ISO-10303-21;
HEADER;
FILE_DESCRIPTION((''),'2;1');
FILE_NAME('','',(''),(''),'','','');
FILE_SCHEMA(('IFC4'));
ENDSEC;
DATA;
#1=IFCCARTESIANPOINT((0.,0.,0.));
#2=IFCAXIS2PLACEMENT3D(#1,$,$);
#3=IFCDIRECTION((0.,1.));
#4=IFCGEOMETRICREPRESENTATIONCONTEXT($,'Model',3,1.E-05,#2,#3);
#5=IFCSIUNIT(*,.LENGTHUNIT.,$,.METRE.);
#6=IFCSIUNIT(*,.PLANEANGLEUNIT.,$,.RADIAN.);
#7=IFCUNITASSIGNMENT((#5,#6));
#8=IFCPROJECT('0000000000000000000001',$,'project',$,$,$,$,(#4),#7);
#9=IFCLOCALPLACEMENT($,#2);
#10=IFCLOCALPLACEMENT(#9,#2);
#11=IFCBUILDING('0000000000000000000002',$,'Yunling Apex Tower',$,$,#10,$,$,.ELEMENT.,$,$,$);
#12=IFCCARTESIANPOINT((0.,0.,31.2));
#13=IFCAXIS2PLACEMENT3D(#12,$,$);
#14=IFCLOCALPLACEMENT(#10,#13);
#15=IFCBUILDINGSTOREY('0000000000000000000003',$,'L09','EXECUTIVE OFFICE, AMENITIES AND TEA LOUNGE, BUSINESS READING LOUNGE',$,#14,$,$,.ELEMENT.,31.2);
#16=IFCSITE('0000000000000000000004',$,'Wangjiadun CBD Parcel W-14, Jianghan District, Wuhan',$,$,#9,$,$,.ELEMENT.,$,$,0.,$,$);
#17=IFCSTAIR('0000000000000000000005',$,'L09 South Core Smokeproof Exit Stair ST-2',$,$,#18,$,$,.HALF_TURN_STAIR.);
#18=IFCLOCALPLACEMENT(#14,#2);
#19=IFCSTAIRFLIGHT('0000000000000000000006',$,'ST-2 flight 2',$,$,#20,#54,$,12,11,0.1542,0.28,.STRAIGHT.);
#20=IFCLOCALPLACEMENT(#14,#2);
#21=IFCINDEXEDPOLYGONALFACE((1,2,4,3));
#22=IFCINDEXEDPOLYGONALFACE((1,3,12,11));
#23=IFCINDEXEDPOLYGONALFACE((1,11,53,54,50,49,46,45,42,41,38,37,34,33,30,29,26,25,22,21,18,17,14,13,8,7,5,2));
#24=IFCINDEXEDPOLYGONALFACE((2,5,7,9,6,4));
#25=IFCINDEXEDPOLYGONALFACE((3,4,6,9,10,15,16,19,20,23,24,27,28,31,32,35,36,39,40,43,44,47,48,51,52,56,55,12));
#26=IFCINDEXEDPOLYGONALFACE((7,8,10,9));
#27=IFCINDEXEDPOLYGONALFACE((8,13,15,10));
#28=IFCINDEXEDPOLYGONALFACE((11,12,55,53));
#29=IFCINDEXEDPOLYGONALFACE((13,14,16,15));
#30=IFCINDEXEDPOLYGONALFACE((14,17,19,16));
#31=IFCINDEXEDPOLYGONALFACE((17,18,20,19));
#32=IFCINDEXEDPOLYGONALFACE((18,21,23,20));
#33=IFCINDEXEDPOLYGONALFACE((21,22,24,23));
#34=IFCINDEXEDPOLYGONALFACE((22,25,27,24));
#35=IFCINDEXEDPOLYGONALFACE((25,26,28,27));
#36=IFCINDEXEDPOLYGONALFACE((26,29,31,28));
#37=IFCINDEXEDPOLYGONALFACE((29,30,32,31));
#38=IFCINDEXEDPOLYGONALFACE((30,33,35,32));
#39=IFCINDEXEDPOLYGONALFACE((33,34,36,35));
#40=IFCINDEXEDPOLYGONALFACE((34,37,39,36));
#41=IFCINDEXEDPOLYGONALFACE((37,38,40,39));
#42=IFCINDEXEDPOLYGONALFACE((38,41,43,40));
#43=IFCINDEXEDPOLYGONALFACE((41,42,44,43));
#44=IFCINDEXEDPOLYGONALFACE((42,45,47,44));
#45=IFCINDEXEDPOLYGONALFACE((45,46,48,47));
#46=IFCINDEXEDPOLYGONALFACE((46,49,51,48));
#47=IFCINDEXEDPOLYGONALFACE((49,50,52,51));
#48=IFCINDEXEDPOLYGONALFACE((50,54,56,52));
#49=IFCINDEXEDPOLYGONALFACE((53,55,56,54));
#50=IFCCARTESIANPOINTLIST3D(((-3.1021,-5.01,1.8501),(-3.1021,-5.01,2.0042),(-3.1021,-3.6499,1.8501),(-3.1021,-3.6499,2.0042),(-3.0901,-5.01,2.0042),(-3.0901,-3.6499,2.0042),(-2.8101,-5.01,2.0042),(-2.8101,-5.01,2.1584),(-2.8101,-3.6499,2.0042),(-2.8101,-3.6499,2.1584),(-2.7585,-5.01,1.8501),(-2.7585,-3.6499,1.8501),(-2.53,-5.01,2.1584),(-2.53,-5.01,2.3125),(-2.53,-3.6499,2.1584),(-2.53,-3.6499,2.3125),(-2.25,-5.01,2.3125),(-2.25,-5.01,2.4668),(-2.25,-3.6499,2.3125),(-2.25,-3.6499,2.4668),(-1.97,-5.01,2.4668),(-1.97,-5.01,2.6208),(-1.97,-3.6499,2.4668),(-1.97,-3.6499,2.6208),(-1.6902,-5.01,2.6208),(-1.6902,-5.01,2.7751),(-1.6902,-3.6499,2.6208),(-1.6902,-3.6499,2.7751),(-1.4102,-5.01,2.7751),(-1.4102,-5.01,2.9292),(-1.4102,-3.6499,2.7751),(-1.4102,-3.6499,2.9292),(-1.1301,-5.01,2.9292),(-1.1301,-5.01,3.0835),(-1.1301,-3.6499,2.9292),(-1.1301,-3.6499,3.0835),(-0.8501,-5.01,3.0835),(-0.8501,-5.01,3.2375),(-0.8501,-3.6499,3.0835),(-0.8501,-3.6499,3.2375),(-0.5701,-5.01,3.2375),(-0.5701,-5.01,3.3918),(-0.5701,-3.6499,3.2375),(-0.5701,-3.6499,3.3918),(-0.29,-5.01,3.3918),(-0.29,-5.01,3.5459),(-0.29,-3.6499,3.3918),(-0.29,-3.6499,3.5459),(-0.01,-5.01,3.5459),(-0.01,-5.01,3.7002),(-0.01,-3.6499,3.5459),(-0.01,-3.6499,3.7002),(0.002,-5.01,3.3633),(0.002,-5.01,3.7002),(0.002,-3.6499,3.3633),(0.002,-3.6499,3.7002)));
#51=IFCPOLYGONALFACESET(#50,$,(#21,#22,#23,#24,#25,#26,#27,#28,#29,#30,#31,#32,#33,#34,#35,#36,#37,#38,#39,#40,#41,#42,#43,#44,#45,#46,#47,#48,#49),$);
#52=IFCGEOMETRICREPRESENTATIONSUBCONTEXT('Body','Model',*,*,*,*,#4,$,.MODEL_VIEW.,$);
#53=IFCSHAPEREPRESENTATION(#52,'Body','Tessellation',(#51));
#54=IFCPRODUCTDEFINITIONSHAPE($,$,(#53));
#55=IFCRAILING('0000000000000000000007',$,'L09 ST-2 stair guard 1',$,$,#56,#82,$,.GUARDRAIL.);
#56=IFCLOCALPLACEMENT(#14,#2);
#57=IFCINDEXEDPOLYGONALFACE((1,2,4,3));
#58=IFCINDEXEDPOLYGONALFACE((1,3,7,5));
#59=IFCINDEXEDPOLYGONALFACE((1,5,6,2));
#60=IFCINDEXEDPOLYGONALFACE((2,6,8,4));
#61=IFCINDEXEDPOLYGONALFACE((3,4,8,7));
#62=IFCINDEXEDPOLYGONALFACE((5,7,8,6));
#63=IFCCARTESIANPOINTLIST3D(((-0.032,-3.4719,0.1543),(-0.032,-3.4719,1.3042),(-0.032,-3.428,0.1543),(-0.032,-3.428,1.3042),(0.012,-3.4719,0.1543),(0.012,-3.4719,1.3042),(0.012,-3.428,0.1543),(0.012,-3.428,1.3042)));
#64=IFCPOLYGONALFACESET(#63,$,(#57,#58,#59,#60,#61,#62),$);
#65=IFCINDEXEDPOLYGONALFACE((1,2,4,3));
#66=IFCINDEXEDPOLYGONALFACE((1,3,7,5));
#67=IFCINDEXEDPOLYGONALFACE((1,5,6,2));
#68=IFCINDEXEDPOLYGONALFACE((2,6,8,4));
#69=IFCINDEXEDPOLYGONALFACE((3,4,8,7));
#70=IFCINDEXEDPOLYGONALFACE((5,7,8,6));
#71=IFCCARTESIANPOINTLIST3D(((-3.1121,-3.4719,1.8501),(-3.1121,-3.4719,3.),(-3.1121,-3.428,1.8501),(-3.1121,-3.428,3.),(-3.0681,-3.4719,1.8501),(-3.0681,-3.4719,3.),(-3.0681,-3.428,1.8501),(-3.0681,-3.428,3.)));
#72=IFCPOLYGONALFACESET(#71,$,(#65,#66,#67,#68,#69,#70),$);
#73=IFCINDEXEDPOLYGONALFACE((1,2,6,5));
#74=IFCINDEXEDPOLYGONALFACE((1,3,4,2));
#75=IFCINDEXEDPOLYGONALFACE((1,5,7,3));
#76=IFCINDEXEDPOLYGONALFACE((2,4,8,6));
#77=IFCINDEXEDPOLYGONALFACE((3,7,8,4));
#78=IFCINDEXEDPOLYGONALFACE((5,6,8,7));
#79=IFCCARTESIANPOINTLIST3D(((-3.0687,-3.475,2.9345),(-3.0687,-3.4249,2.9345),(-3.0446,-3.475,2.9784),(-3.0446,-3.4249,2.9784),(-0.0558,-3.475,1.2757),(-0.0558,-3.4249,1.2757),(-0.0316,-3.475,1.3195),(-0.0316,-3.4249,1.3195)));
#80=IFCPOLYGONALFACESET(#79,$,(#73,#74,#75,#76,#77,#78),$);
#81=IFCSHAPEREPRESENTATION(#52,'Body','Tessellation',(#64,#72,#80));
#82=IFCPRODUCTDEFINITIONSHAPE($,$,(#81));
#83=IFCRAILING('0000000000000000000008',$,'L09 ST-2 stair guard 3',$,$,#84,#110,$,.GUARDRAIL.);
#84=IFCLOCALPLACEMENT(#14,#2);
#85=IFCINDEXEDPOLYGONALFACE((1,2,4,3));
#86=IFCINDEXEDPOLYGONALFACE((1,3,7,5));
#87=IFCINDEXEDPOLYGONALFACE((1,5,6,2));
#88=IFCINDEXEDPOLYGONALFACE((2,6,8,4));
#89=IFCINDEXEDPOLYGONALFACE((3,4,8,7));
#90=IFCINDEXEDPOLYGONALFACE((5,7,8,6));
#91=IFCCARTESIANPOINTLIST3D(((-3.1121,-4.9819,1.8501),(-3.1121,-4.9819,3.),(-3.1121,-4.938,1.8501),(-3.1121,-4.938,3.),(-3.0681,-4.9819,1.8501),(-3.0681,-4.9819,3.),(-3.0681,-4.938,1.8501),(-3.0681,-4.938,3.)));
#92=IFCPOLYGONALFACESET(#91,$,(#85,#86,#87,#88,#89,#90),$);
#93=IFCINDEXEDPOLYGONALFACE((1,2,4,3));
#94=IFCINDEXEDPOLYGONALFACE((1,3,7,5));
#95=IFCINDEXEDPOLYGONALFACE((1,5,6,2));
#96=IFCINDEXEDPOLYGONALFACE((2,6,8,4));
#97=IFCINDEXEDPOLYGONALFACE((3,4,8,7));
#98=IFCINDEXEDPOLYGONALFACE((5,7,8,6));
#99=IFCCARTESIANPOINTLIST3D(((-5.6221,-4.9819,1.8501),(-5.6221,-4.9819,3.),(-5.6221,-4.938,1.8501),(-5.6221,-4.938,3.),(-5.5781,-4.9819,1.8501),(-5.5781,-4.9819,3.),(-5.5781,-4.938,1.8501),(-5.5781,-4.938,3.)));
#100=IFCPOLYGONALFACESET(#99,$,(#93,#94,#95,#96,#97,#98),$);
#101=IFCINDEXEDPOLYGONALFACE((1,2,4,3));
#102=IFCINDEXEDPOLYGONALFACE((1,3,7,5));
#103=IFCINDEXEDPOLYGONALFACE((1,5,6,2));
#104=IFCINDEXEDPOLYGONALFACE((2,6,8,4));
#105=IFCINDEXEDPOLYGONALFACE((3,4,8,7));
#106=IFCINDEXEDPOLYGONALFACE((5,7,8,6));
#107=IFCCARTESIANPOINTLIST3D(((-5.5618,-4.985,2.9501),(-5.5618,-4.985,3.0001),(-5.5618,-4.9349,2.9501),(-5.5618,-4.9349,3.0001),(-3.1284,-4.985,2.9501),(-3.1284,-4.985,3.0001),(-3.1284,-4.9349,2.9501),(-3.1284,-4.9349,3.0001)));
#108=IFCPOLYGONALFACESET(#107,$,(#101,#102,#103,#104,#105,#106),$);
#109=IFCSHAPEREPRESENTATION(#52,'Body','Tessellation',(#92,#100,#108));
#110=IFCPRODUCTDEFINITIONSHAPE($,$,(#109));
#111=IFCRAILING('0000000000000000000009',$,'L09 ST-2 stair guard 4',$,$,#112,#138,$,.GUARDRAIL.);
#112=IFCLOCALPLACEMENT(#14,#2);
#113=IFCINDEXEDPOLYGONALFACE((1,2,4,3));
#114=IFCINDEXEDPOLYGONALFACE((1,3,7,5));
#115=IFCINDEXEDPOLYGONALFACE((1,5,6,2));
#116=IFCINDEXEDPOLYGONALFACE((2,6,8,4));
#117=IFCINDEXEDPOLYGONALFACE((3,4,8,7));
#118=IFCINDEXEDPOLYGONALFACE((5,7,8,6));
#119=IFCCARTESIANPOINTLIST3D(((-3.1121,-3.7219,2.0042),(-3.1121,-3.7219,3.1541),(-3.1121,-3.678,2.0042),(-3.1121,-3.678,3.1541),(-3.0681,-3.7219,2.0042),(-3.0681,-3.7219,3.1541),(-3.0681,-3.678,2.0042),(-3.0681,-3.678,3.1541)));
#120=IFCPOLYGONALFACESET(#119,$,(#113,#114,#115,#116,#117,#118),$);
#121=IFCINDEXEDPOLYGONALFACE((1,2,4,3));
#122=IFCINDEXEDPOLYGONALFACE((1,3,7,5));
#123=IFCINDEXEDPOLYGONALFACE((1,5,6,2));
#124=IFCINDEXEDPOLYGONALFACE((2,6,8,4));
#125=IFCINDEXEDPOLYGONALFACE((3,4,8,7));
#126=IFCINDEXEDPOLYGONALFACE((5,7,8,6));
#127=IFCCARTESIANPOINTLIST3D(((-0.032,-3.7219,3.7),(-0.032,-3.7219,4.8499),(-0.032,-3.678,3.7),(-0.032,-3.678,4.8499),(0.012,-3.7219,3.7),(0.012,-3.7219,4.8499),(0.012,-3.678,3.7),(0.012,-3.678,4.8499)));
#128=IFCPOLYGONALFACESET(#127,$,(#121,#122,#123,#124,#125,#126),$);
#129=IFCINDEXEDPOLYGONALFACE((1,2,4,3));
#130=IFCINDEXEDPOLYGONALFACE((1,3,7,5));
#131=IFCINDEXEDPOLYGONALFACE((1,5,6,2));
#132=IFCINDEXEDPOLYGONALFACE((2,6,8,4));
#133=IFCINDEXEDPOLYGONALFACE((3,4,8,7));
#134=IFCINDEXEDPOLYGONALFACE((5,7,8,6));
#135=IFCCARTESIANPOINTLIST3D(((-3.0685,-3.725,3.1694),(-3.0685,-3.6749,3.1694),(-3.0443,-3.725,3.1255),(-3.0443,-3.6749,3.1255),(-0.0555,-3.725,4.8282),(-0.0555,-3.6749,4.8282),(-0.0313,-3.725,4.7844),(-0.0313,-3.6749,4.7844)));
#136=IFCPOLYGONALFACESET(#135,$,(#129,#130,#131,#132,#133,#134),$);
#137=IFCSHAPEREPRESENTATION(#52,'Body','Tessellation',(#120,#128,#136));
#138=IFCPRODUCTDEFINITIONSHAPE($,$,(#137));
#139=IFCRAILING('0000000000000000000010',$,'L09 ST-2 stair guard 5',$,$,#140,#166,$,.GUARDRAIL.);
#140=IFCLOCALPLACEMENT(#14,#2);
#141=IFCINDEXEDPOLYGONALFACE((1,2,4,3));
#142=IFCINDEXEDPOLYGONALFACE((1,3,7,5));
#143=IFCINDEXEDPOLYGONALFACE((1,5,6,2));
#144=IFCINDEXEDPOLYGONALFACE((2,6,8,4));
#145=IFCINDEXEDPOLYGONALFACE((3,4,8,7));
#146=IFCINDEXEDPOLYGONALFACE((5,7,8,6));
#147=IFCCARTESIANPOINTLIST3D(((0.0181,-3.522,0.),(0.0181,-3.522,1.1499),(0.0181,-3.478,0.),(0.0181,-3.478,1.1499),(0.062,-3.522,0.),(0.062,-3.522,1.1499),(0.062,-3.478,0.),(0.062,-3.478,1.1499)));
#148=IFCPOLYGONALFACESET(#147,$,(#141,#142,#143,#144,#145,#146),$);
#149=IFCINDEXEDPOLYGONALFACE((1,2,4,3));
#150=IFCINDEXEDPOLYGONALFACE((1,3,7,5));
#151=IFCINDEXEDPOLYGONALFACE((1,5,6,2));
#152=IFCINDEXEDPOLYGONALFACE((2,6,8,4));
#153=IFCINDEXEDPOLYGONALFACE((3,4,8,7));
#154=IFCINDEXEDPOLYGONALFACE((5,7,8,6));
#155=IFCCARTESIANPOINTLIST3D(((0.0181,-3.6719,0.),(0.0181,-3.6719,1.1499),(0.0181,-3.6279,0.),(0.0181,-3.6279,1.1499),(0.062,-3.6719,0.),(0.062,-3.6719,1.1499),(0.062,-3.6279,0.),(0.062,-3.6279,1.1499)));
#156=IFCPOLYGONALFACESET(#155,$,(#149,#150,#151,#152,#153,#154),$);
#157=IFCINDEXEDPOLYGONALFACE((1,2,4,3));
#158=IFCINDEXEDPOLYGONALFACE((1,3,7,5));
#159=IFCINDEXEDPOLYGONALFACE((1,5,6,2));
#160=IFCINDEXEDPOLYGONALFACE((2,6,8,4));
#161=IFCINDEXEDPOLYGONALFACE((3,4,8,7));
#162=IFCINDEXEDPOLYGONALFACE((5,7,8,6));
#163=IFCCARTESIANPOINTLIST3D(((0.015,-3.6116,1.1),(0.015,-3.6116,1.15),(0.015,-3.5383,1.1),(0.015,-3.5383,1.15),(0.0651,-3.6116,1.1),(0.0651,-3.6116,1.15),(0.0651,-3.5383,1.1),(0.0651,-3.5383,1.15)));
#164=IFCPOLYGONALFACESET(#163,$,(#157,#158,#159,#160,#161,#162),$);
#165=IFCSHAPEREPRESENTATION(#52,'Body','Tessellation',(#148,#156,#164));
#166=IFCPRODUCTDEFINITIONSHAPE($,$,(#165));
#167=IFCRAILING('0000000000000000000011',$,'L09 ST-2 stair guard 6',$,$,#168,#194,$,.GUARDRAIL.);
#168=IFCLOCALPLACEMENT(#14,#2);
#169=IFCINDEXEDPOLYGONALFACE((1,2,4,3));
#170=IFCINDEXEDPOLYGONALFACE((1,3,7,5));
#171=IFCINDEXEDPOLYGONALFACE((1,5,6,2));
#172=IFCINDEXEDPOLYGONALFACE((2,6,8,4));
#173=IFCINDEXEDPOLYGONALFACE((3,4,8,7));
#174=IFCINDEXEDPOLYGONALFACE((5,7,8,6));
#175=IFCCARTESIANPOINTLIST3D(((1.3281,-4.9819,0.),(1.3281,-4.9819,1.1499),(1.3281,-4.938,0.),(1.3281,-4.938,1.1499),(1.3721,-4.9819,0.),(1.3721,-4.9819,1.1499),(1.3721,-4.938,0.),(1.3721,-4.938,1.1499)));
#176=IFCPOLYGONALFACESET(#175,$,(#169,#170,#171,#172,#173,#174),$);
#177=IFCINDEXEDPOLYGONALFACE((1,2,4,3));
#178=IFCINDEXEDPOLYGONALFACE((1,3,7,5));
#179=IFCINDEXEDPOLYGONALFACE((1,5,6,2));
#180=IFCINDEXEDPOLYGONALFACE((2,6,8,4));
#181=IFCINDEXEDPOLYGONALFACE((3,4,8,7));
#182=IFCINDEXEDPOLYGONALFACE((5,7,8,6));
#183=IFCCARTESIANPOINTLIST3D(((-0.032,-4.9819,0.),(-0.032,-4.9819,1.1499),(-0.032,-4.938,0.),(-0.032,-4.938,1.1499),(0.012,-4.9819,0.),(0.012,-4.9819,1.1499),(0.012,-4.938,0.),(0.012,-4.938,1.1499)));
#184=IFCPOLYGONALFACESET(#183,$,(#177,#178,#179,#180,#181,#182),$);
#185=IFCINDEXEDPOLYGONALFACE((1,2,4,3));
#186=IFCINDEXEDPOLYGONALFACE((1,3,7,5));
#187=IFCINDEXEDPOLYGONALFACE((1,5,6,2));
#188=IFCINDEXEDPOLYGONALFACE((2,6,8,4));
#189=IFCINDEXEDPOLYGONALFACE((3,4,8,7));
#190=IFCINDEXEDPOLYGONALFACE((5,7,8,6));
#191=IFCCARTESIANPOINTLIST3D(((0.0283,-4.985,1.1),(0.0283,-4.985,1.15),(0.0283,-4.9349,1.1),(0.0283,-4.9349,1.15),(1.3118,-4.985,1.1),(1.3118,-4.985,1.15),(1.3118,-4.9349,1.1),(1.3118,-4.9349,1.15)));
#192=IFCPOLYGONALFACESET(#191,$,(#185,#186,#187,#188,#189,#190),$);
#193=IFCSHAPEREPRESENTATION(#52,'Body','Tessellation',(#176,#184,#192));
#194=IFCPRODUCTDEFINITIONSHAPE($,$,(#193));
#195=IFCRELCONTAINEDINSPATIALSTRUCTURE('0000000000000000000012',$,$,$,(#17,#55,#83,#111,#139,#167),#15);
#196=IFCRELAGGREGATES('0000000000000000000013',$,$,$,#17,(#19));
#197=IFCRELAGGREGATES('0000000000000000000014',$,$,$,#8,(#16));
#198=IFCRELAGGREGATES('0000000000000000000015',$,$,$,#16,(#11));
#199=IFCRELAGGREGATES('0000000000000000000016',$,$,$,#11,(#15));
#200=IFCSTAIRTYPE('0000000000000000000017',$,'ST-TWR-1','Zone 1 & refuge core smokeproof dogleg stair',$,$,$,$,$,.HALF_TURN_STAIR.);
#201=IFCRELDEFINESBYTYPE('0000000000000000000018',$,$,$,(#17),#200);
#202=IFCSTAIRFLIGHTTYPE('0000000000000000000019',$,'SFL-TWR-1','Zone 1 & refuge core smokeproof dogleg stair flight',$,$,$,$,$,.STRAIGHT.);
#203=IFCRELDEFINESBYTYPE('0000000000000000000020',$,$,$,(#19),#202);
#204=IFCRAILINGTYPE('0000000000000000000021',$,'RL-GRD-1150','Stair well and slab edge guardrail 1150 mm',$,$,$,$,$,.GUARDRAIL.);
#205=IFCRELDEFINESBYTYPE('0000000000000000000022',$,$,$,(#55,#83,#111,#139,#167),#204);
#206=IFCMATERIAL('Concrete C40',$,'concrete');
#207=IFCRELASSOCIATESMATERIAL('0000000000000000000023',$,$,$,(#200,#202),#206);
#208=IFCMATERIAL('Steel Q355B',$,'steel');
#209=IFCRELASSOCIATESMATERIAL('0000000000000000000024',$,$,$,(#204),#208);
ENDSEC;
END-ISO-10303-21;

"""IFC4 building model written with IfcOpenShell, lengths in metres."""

from ifc_helpers import new_model, si_unit, direction, frame, origin, origin_2d, place, context, subcontext, project, spatial, polyline, rectangle, outline, extrude, material, type_object, element, aggregate, save


model = new_model("IFC4")

# Units and contexts
model_context = context("Model", 3, precision=1e-05, world=origin(), true_north=direction((0.0, 1.0)))
body_context = subcontext(model_context, "Body", "Model", "MODEL_VIEW")
ifc_project = project(units=[si_unit("LENGTHUNIT", "METRE"), si_unit("PLANEANGLEUNIT", "RADIAN")], contexts=[model_context])

# Site, building, storey
site_placement = place(None, origin())
site = spatial("IfcSite", under=ifc_project, at=site_placement, Name="Wangjiadun CBD Parcel W-14, Jianghan District, Wuhan", CompositionType="ELEMENT", RefElevation=0.0)
building_placement = place(site_placement, origin())
building = spatial("IfcBuilding", under=site, at=building_placement, Name="Yunling Apex Tower", CompositionType="ELEMENT")
storey_placement = place(building_placement, frame((0.0, 0.0, 31.2)))
storey = spatial("IfcBuildingStorey", under=building, at=storey_placement, Name="L09", Description="EXECUTIVE OFFICE, AMENITIES AND TEA LOUNGE, BUSINESS READING LOUNGE", CompositionType="ELEMENT", Elevation=31.2)

# Shared definitions
ifc_material_1 = material(Name="Concrete C40", Category="concrete")

# Shared definitions
ifc_material_2 = material(Name="Steel Q355B", Category="steel")

# Stair, stair flight
stair_type = type_object("IfcStairType", Name="ST-TWR-1", Description="Zone 1 & refuge core smokeproof dogleg stair", PredefinedType="HALF_TURN_STAIR", material=ifc_material_1)
stair_placement = place(storey_placement, origin())
stair = element("IfcStair", 1, at=stair_placement, inside=storey, type_object=stair_type, Name="L09 South Core Smokeproof Exit Stair ST-2", PredefinedType="HALF_TURN_STAIR")
stair_flight_type = type_object("IfcStairFlightType", Name="SFL-TWR-1", Description="Zone 1 & refuge core smokeproof dogleg stair flight", PredefinedType="STRAIGHT", material=ifc_material_1)
stair_flight_1_placement = place(storey_placement, frame((-3.0901, -4.3301, 1.8501), z_axis=(0.0, 0.0, 1.0), x_axis=(1.0, 0.0, 0.0)))
stair_flight_1 = element("IfcStairFlight", 2, at=stair_flight_1_placement, type_object=stair_flight_type, Name="ST-2 flight 2", NumberOfRisers=12, NumberOfTreads=11, PredefinedType="STRAIGHT", RiserHeight=0.1542, TreadLength=0.28, context=body_context, shape_type="SweptSolid", body=[
    extrude(outline(polyline([(-0.012, 0.0), (-0.012, 0.1541), (0.0, 0.1541), (0.28, 0.1541), (0.28, 0.3083), (0.5601, 0.3083), (0.5601, 0.4624), (0.8401, 0.4624), (0.8401, 0.6167), (1.1201, 0.6167), (1.1201, 0.7708), (1.3999, 0.7708), (1.3999, 0.925), (1.6799, 0.925), (1.6799, 1.0791), (1.96, 1.0791), (1.96, 1.2334), (2.24, 1.2334), (2.24, 1.3875), (2.52, 1.3875), (2.52, 1.5417), (2.8, 1.5417), (2.8, 1.6958), (3.0801, 1.6958), (3.0801, 1.8501), (3.092, 1.8501), (3.092, 1.5132), (0.3315, 0.0), (-0.012, 0.0)])), frame((0.0, 0.6802, 0.0), z_axis=(0.0, -1.0, 0.0), x_axis=(1.0, 0.0, 0.0)), (0.0, 0.0, 1.0), 1.3601),
])
aggregate(stair, [stair_flight_1])

# Railings
railing_type_1 = type_object("IfcRailingType", Name="RL-GRD-1150", Description="Stair well and slab edge guardrail 1150 mm", PredefinedType="GUARDRAIL", material=ifc_material_2)
railing_1_placement = place(storey_placement, frame((-0.01, -3.45, 0.1543)))
element("IfcRailing", 3, at=railing_1_placement, inside=storey, type_object=railing_type_1, Name="L09 ST-2 stair guard 1", PredefinedType="GUARDRAIL", context=body_context, shape_type="SweptSolid", body=[
    extrude(rectangle(XDim=0.0439, YDim=0.0439, at=origin_2d()), origin(), (0.0, 0.0, 1.0), 1.1499),
    extrude(rectangle(XDim=0.0439, YDim=0.0439, at=origin_2d()), frame((-3.0801, 0.0, 1.6958)), (0.0, 0.0, 1.0), 1.1499),
    extrude(rectangle(XDim=0.05, YDim=0.05, at=origin_2d()), frame((-0.0337, 0.0, 1.1433), z_axis=(-0.876005, 0.0, 0.482303), x_axis=(0.0, -1.0, 0.0)), (0.0, 0.0, 1.0), 3.4395),
])
railing_2_placement = place(storey_placement, frame((-3.0901, -4.96, 1.8501)))
element("IfcRailing", 4, at=railing_2_placement, inside=storey, type_object=railing_type_1, Name="L09 ST-2 stair guard 3", PredefinedType="GUARDRAIL", context=body_context, shape_type="SweptSolid", body=[
    extrude(rectangle(XDim=0.0439, YDim=0.0439, at=origin_2d()), origin(), (0.0, 0.0, 1.0), 1.1499),
    extrude(rectangle(XDim=0.0439, YDim=0.0439, at=origin_2d()), frame((-2.51, 0.0, 0.0)), (0.0, 0.0, 1.0), 1.1499),
    extrude(rectangle(XDim=0.05, YDim=0.05, at=origin_2d()), frame((-0.0383, 0.0, 1.125), z_axis=(-1.0, 0.0, 0.0), x_axis=(0.0, -1.0, 0.0)), (0.0, 0.0, 1.0), 2.4333),
])
railing_3_placement = place(storey_placement, frame((-3.0901, -3.7, 2.0042)))
element("IfcRailing", 5, at=railing_3_placement, inside=storey, type_object=railing_type_1, Name="L09 ST-2 stair guard 4", PredefinedType="GUARDRAIL", context=body_context, shape_type="SweptSolid", body=[
    extrude(rectangle(XDim=0.0439, YDim=0.0439, at=origin_2d()), origin(), (0.0, 0.0, 1.0), 1.1499),
    extrude(rectangle(XDim=0.0439, YDim=0.0439, at=origin_2d()), frame((3.0801, 0.0, 1.6958)), (0.0, 0.0, 1.0), 1.1499),
    extrude(rectangle(XDim=0.05, YDim=0.05, at=origin_2d()), frame((0.0337, 0.0, 1.1433), z_axis=(0.876005, 0.0, 0.482303), x_axis=(0.0, 1.0, 0.0)), (0.0, 0.0, 1.0), 3.4395),
])
railing_4_placement = place(storey_placement, frame((0.04, -3.5, 0.0)))
element("IfcRailing", 6, at=railing_4_placement, inside=storey, type_object=railing_type_1, Name="L09 ST-2 stair guard 5", PredefinedType="GUARDRAIL", context=body_context, shape_type="SweptSolid", body=[
    extrude(rectangle(XDim=0.0439, YDim=0.0439, at=origin_2d()), origin(), (0.0, 0.0, 1.0), 1.1499),
    extrude(rectangle(XDim=0.0439, YDim=0.0439, at=origin_2d()), frame((0.0, -0.1499, 0.0)), (0.0, 0.0, 1.0), 1.1499),
    extrude(rectangle(XDim=0.05, YDim=0.05, at=origin_2d()), frame((0.0, -0.0383, 1.125), z_axis=(0.0, -1.0, 0.0), x_axis=(1.0, 0.0, 0.0)), (0.0, 0.0, 1.0), 0.0732),
])
railing_5_placement = place(storey_placement, frame((1.3501, -4.96, 0.0)))
element("IfcRailing", 7, at=railing_5_placement, inside=storey, type_object=railing_type_1, Name="L09 ST-2 stair guard 6", PredefinedType="GUARDRAIL", context=body_context, shape_type="SweptSolid", body=[
    extrude(rectangle(XDim=0.0439, YDim=0.0439, at=origin_2d()), origin(), (0.0, 0.0, 1.0), 1.1499),
    extrude(rectangle(XDim=0.0439, YDim=0.0439, at=origin_2d()), frame((-1.3601, 0.0, 0.0)), (0.0, 0.0, 1.0), 1.1499),
    extrude(rectangle(XDim=0.05, YDim=0.05, at=origin_2d()), frame((-0.0383, 0.0, 1.125), z_axis=(-1.0, 0.0, 0.0), x_axis=(0.0, -1.0, 0.0)), (0.0, 0.0, 1.0), 1.2834),
])

save(model, "model.ifc")
